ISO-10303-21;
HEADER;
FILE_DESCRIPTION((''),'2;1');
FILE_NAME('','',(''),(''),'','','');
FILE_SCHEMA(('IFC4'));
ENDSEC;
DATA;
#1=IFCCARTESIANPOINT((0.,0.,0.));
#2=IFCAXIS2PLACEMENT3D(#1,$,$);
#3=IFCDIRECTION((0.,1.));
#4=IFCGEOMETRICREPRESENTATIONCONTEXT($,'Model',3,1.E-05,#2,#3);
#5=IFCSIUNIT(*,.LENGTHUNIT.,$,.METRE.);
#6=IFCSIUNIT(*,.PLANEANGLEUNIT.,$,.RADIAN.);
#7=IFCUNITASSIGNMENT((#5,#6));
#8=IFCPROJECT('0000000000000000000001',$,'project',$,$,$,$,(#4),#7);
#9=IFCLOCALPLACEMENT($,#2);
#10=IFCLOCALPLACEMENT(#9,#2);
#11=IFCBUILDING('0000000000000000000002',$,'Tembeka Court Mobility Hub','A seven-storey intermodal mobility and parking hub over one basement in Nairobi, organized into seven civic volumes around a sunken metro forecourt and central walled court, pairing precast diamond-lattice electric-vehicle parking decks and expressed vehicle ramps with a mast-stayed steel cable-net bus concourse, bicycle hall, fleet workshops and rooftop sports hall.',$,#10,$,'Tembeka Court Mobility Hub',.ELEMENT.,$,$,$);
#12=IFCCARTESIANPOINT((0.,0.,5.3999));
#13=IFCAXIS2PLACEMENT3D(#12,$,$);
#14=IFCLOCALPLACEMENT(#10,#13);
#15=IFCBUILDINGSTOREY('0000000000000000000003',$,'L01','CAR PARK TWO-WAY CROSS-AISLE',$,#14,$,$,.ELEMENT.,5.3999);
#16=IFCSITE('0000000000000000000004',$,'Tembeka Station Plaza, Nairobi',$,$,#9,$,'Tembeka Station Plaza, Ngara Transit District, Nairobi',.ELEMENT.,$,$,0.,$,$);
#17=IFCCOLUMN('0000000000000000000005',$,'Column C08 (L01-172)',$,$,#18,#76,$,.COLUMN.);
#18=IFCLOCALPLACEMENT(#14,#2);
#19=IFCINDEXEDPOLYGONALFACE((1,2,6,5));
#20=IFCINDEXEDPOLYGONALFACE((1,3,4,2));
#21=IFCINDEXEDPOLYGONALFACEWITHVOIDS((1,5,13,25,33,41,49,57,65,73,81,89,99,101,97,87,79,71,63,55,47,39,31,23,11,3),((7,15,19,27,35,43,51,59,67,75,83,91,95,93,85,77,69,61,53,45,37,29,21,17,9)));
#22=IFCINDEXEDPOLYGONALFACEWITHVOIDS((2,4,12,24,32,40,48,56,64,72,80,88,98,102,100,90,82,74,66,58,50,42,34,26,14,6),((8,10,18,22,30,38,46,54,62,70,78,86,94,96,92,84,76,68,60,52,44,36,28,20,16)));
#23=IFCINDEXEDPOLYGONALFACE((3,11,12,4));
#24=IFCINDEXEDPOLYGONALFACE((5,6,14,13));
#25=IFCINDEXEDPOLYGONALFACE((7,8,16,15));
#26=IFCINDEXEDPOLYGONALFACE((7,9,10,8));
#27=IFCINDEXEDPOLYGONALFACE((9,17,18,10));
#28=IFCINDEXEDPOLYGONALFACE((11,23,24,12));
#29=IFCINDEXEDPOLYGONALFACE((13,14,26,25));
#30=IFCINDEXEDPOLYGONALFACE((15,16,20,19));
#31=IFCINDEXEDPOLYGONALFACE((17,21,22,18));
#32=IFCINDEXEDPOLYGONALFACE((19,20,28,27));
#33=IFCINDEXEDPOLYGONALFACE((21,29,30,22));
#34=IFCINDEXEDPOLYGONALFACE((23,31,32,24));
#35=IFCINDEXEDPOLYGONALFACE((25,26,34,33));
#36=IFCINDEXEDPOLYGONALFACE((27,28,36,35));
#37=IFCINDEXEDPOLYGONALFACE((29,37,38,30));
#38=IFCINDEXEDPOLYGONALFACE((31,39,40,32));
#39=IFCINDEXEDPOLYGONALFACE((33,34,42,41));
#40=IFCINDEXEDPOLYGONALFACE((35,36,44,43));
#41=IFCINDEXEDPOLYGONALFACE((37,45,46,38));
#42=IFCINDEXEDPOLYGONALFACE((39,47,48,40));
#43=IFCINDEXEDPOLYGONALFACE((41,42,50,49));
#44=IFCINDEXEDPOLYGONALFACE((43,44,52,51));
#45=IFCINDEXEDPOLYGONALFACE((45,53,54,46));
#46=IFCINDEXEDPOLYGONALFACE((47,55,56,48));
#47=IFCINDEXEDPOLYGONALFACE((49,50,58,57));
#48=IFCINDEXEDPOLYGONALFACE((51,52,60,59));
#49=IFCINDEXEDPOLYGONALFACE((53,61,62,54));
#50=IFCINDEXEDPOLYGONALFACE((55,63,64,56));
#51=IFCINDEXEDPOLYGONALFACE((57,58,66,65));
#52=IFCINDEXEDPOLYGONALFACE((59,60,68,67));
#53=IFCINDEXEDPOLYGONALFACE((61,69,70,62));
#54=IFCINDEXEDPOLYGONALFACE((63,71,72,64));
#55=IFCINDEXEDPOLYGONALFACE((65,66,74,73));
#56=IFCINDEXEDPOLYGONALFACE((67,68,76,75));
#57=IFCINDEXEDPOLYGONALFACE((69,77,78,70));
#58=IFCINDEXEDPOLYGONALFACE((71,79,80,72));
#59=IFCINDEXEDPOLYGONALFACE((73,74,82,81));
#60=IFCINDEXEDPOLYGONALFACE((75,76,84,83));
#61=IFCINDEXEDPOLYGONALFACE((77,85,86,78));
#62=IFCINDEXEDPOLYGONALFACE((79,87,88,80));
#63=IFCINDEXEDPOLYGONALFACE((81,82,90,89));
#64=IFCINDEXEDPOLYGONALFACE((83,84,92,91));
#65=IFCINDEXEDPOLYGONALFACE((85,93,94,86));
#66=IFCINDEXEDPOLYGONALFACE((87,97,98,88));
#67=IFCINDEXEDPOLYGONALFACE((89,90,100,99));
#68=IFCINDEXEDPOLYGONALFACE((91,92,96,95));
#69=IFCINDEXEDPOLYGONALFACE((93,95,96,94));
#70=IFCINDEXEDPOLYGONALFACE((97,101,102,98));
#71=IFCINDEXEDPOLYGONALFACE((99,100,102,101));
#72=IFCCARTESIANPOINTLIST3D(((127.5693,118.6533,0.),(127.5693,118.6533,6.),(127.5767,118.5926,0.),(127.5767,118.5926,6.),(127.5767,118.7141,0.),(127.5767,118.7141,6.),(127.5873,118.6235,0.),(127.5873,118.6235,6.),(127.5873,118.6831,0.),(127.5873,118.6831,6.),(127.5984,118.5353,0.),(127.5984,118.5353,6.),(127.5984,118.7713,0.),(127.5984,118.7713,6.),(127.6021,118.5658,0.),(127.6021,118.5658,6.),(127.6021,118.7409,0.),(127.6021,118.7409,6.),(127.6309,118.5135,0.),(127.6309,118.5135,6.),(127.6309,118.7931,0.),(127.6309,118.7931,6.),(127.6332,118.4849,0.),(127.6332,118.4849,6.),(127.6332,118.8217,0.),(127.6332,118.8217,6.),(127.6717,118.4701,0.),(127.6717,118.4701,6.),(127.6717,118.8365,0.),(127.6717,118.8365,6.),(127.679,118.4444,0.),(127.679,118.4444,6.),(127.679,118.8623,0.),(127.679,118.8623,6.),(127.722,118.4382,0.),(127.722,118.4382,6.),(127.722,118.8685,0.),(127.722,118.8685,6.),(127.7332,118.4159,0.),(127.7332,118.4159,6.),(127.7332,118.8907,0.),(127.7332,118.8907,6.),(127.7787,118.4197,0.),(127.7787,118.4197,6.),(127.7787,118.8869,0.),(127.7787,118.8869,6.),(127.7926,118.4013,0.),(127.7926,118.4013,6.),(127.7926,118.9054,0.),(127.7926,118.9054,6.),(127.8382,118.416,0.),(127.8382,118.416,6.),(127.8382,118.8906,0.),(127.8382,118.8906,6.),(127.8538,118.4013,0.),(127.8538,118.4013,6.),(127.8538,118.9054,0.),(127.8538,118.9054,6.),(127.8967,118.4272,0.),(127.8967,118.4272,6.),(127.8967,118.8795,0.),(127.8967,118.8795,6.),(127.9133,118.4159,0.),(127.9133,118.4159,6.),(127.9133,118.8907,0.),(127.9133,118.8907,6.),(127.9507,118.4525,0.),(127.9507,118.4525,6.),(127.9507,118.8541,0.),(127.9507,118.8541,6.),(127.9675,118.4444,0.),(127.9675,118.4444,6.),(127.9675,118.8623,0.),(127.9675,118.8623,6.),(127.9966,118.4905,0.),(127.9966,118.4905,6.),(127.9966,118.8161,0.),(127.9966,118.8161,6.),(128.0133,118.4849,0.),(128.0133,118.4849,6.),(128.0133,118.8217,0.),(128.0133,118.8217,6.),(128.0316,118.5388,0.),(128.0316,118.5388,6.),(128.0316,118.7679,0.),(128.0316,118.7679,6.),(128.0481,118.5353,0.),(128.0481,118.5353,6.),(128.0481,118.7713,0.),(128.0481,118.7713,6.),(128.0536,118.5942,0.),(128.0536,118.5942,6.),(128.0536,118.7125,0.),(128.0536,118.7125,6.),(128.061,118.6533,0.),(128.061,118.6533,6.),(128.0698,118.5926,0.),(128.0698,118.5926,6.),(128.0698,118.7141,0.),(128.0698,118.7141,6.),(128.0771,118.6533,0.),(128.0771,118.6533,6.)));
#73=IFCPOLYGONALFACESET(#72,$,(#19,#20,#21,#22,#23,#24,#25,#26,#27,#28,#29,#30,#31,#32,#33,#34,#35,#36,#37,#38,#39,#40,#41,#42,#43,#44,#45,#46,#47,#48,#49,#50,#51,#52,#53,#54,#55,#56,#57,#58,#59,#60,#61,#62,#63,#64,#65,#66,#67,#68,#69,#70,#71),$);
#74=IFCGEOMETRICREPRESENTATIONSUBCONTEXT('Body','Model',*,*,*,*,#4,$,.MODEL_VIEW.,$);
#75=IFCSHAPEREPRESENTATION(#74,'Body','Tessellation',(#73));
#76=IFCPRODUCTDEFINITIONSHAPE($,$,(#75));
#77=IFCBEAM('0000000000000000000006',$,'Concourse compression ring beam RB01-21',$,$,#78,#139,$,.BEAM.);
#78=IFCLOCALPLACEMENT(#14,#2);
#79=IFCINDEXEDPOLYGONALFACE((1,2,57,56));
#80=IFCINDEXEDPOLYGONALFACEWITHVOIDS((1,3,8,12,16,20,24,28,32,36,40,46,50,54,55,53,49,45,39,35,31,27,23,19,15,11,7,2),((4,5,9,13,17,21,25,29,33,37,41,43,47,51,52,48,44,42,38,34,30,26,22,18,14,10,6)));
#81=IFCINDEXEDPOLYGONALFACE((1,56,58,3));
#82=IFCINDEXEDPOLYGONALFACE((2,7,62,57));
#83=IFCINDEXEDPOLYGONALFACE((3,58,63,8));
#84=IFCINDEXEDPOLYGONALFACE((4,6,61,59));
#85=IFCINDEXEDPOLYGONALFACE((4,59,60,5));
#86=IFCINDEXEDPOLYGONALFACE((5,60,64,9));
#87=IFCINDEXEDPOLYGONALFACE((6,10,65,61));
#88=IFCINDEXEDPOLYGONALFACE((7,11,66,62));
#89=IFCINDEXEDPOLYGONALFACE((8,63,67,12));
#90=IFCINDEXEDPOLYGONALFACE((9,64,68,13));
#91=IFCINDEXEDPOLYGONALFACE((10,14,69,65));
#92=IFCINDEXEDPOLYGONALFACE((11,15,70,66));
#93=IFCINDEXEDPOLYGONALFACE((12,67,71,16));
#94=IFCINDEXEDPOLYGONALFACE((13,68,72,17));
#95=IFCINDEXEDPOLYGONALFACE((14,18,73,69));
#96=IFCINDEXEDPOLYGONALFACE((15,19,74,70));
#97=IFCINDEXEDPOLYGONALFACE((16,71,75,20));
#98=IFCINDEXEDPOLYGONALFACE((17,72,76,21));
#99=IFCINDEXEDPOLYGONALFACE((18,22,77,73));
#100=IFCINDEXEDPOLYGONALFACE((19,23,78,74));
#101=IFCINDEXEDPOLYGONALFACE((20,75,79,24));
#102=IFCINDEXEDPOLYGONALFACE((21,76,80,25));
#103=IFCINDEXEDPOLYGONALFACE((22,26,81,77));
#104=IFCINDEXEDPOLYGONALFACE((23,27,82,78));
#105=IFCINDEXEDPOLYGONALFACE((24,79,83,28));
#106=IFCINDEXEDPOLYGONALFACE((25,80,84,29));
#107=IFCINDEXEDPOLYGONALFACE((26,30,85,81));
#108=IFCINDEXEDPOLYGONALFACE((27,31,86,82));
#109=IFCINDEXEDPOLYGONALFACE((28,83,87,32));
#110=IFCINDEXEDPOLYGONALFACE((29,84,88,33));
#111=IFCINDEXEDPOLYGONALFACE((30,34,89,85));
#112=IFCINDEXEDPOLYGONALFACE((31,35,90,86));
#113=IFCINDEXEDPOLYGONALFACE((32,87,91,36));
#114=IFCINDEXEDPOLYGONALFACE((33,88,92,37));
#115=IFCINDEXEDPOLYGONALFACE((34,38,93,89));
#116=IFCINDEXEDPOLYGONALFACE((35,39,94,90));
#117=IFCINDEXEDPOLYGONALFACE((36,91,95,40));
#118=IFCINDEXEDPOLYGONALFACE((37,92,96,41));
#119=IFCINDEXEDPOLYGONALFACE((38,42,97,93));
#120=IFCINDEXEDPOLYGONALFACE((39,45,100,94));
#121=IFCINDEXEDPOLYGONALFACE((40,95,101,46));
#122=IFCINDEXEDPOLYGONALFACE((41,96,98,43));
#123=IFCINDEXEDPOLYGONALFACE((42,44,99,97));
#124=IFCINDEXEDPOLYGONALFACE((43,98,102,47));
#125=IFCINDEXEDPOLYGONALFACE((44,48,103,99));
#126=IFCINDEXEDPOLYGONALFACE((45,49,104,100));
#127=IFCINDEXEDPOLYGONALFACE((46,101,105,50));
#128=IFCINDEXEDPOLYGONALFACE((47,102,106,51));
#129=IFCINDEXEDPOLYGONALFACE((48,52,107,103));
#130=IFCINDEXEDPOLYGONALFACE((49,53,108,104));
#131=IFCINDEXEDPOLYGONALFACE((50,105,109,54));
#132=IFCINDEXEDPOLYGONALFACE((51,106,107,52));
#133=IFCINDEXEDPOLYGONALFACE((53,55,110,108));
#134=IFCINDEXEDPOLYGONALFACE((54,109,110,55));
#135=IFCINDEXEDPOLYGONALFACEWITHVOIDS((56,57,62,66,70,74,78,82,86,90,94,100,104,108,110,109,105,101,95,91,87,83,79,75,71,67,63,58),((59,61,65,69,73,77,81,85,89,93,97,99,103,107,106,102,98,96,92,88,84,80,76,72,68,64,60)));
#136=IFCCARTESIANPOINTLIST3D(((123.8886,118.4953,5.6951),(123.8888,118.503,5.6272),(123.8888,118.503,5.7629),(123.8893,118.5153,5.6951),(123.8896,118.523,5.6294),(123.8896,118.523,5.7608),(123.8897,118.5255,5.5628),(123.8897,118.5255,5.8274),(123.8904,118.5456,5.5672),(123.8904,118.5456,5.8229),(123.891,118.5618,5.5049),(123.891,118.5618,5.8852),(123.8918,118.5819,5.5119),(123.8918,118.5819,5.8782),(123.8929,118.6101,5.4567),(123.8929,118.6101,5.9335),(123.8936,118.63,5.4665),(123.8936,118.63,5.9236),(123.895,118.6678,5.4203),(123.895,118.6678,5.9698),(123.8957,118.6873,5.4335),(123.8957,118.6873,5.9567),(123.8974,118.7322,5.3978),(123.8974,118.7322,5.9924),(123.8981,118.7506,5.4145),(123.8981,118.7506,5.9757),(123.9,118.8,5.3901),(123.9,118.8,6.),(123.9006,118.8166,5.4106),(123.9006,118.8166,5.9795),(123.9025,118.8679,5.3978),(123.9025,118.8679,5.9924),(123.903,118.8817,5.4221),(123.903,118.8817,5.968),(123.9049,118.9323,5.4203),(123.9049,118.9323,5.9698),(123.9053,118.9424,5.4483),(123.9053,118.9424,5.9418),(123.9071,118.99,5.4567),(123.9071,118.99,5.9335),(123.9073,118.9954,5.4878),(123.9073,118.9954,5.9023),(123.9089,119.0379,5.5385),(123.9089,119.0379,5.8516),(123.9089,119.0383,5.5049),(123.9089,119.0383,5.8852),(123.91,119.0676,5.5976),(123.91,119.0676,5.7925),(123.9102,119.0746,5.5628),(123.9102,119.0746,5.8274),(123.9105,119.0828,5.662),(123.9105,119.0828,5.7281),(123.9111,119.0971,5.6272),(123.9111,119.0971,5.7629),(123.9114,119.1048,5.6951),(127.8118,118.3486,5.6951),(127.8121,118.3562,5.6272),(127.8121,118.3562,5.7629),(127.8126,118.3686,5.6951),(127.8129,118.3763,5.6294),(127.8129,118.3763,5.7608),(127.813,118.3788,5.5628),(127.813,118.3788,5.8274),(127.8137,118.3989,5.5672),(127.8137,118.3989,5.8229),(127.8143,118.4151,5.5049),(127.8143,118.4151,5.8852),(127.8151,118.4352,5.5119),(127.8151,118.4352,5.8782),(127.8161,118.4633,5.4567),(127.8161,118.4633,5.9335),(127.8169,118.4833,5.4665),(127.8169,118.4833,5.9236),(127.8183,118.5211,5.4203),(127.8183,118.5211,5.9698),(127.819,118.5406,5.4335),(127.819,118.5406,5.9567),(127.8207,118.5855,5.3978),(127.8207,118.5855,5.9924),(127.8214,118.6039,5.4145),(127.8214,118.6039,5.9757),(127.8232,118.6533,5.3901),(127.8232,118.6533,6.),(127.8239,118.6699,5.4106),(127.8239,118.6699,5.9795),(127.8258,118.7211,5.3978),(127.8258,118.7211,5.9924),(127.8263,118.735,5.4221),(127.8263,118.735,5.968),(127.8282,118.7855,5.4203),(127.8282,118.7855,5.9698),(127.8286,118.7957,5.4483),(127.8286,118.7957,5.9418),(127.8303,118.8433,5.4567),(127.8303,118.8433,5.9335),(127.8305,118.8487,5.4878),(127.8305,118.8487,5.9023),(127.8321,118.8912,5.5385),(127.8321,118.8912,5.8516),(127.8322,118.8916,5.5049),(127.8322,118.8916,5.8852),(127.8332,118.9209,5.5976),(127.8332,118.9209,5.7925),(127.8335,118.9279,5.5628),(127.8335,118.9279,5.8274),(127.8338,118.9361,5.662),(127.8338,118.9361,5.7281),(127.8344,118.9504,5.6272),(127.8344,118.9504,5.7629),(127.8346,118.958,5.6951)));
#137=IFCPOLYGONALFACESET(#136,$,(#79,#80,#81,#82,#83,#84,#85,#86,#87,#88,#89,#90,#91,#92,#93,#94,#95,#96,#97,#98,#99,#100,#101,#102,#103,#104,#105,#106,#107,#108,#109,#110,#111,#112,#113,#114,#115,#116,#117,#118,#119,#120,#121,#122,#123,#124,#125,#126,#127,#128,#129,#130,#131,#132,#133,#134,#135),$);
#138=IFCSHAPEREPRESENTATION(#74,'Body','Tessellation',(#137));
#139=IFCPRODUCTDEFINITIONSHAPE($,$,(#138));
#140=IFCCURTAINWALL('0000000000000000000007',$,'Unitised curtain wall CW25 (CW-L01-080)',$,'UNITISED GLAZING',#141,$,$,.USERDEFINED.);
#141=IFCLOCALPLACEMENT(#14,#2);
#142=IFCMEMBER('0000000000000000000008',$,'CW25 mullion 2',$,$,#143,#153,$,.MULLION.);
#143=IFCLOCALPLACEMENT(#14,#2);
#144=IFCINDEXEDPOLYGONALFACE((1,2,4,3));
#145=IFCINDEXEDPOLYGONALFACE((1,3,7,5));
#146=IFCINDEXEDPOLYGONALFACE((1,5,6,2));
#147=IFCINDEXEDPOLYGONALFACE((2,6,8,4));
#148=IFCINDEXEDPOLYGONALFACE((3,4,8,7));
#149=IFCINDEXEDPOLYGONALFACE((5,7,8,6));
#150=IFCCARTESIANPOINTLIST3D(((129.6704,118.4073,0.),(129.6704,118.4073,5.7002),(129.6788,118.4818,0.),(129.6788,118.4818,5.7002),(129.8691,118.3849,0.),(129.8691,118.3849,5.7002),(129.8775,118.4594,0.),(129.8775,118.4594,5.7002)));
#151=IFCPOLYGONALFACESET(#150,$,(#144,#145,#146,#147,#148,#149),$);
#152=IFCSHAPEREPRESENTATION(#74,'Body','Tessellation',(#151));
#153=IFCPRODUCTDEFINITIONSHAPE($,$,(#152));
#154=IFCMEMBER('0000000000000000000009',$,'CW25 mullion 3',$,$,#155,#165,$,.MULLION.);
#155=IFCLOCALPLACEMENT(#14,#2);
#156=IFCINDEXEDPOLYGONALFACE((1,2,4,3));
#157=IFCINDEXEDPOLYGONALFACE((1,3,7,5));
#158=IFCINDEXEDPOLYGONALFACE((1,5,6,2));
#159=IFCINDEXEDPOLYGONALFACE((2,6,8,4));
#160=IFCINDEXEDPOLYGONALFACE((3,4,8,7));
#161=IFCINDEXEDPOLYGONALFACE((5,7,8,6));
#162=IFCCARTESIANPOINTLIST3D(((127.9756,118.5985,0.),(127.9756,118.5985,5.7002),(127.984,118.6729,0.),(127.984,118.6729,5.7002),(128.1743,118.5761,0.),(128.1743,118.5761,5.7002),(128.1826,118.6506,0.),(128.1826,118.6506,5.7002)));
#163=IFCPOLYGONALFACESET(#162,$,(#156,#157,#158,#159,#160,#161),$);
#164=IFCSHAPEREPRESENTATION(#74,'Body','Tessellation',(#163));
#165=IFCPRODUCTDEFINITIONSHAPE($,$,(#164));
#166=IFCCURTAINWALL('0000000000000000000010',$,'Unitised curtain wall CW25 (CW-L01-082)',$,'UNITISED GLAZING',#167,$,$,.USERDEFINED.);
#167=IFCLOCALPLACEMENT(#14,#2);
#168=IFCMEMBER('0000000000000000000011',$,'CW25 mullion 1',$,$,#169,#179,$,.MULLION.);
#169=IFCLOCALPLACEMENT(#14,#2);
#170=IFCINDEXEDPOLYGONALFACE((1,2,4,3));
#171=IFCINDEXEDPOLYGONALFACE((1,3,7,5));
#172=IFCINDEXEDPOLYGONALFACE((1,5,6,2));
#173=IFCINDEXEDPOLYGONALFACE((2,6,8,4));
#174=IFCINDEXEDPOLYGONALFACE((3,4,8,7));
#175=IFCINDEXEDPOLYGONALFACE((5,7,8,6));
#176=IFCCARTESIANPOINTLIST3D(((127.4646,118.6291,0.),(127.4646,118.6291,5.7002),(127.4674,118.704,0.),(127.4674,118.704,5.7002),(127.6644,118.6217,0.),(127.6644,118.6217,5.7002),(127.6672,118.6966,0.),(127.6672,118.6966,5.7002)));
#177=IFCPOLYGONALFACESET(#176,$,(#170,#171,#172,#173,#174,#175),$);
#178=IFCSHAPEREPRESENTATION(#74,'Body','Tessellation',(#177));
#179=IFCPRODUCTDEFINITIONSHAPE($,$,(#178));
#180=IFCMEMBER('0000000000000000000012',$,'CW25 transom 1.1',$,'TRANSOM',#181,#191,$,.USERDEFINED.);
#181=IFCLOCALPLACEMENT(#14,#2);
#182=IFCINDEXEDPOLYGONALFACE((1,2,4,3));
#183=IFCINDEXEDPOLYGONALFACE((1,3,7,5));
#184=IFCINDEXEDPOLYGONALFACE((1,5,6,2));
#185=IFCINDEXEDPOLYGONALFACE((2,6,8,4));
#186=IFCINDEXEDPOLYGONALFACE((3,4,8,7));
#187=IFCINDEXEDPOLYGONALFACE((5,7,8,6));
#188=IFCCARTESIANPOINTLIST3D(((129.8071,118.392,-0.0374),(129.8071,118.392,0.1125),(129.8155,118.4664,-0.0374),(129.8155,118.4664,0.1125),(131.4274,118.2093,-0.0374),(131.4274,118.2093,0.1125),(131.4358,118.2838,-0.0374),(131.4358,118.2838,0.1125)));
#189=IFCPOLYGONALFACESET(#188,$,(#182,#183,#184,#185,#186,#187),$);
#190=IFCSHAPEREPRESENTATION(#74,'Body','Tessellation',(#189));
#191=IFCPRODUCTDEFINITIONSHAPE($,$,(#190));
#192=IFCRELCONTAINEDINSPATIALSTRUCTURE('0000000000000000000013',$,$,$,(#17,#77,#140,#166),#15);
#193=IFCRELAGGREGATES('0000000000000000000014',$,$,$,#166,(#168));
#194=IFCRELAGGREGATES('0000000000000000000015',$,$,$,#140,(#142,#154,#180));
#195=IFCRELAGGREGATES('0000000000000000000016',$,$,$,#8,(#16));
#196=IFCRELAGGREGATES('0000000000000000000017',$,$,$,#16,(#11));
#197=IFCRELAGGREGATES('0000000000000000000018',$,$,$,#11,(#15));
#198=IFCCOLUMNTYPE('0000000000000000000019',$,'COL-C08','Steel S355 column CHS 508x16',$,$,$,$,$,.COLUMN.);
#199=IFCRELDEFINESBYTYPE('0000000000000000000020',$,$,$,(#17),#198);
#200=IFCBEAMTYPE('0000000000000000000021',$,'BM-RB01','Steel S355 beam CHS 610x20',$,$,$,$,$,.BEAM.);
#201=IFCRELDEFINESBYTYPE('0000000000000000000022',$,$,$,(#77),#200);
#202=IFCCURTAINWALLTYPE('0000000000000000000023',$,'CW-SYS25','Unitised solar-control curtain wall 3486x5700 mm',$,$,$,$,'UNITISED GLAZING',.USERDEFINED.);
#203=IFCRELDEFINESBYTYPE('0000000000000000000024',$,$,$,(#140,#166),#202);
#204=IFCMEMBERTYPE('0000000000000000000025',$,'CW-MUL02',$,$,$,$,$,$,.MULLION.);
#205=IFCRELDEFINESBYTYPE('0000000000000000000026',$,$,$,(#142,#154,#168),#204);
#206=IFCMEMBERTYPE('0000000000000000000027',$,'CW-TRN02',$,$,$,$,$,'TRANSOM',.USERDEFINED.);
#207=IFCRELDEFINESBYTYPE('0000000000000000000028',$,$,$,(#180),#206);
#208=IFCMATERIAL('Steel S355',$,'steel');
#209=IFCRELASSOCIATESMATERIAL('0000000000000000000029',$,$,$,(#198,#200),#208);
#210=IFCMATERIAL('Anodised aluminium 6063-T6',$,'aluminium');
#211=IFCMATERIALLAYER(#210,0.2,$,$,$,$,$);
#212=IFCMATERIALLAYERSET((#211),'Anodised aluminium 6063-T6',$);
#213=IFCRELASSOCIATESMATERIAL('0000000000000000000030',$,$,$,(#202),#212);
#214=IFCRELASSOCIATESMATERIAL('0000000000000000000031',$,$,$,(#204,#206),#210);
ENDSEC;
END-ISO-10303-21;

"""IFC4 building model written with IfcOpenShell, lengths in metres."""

from ifc_helpers import new_model, si_unit, direction, frame, origin, origin_2d, place, context, subcontext, project, spatial, rectangle, hollow_circle, extrude, material, layer, layer_set, material_profile, profile_set, type_object, element, aggregate, save


model = new_model("IFC4")

# Units and contexts
model_context = context("Model", 3, precision=1e-05, world=origin(), true_north=direction((0.0, 1.0)))
body_context = subcontext(model_context, "Body", "Model", "MODEL_VIEW")
ifc_project = project(units=[si_unit("LENGTHUNIT", "METRE"), si_unit("PLANEANGLEUNIT", "RADIAN")], contexts=[model_context])

# Site, building, storey
site_placement = place(None, origin())
site = spatial("IfcSite", under=ifc_project, at=site_placement, Name="Tembeka Station Plaza, Nairobi", LongName="Tembeka Station Plaza, Ngara Transit District, Nairobi", CompositionType="ELEMENT", RefElevation=0.0)
building_placement = place(site_placement, origin())
building = spatial("IfcBuilding", under=site, at=building_placement, Name="Tembeka Court Mobility Hub", Description="A seven-storey intermodal mobility and parking hub over one basement in Nairobi, organized into seven civic volumes around a sunken metro forecourt and central walled court, pairing precast diamond-lattice electric-vehicle parking decks and expressed vehicle ramps with a mast-stayed steel cable-net bus concourse, bicycle hall, fleet workshops and rooftop sports hall.", LongName="Tembeka Court Mobility Hub", CompositionType="ELEMENT")
storey_placement = place(building_placement, frame((0.0, 0.0, 5.3999)))
storey = spatial("IfcBuildingStorey", under=building, at=storey_placement, Name="L01", Description="CAR PARK TWO-WAY CROSS-AISLE", CompositionType="ELEMENT", Elevation=5.3999)

# Column
ifc_material_1 = material(Name="Steel S355", Category="steel")
ifc_material_profile_1 = material_profile(ifc_material_1, hollow_circle(Radius=0.2539, WallThickness=0.0161, at=origin_2d()), Name="CHS 508x16")
ifc_profile_set_1 = profile_set([ifc_material_profile_1], Name="Steel S355")
column_type = type_object("IfcColumnType", Name="COL-C08", Description="Steel S355 column CHS 508x16", PredefinedType="COLUMN", material=ifc_profile_set_1)
column_placement = place(storey_placement, frame((127.8232, 118.6533, 0.0), z_axis=(0.0, 0.0, 1.0), x_axis=(1.0, 0.0, 0.0)))
element("IfcColumn", 1, at=column_placement, inside=storey, type_object=column_type, Name="Column C08 (L01-172)", PredefinedType="COLUMN", context=body_context, shape_type="SweptSolid", body=[
    extrude(hollow_circle(Radius=0.2539, WallThickness=0.0161, at=origin_2d()), origin(), (0.0, 0.0, 1.0), 6.0),
])

# Beam
ifc_material_profile_2 = material_profile(ifc_material_1, hollow_circle(Radius=0.3049, WallThickness=0.02, at=origin_2d()), Name="CHS 610x20")
ifc_profile_set_2 = profile_set([ifc_material_profile_2], Name="Steel S355")
beam_type = type_object("IfcBeamType", Name="BM-RB01", Description="Steel S355 beam CHS 610x20", PredefinedType="BEAM", material=ifc_profile_set_2)
beam_placement = place(storey_placement, frame((127.8232, 118.6533, 5.6951), z_axis=(-0.999301, 0.037373, 0.0), x_axis=(-0.037373, -0.999301, 0.0)))
element("IfcBeam", 2, at=beam_placement, inside=storey, type_object=beam_type, Name="Concourse compression ring beam RB01-21", PredefinedType="BEAM", context=body_context, shape_type="SweptSolid", body=[
    extrude(hollow_circle(Radius=0.3049, WallThickness=0.02, at=origin_2d()), origin(), (0.0, 0.0, 1.0), 3.926),
])

# Curtain wall, members
ifc_material_2 = material(Name="Anodised aluminium 6063-T6", Category="aluminium")
ifc_layer_1 = layer(ifc_material_2, 0.2)
ifc_layer_set_1 = layer_set([ifc_layer_1], Name="Anodised aluminium 6063-T6")
curtain_wall_type = type_object("IfcCurtainWallType", Name="CW-SYS25", Description="Unitised solar-control curtain wall 3486x5700 mm", ElementType="UNITISED GLAZING", PredefinedType="USERDEFINED", material=ifc_layer_set_1)
curtain_wall_1_placement = place(storey_placement, origin())
curtain_wall_1 = element("IfcCurtainWall", 3, at=curtain_wall_1_placement, inside=storey, type_object=curtain_wall_type, Name="Unitised curtain wall CW25 (CW-L01-080)", ObjectType="UNITISED GLAZING", PredefinedType="USERDEFINED")
ifc_material_profile_3 = material_profile(ifc_material_2, rectangle(XDim=0.075, YDim=0.2, at=origin_2d()), Name="ALU-MUL 75x200")
ifc_profile_set_3 = profile_set([ifc_material_profile_3], Name="Anodised aluminium 6063-T6")
member_type_1 = type_object("IfcMemberType", Name="CW-MUL02", PredefinedType="MULLION", material=ifc_profile_set_3)
member_1_placement = place(storey_placement, frame((129.7739, 118.4333, 0.0), z_axis=(0.0, 0.0, 1.0), x_axis=(-0.111987, -0.99371, 0.0)))
member_1 = element("IfcMember", 4, at=member_1_placement, type_object=member_type_1, Name="CW25 mullion 2", PredefinedType="MULLION", context=body_context, shape_type="SweptSolid", body=[
    extrude(rectangle(XDim=0.075, YDim=0.2, at=origin_2d()), origin(), (0.0, 0.0, 1.0), 5.7002),
])
member_2_placement = place(storey_placement, frame((128.0791, 118.6245, 0.0), z_axis=(0.0, 0.0, 1.0), x_axis=(-0.111987, -0.99371, 0.0)))
member_2 = element("IfcMember", 5, at=member_2_placement, type_object=member_type_1, Name="CW25 mullion 3", PredefinedType="MULLION", context=body_context, shape_type="SweptSolid", body=[
    extrude(rectangle(XDim=0.075, YDim=0.2, at=origin_2d()), origin(), (0.0, 0.0, 1.0), 5.7002),
])

# Curtain wall, member
curtain_wall_2_placement = place(storey_placement, origin())
curtain_wall_2 = element("IfcCurtainWall", 6, at=curtain_wall_2_placement, inside=storey, type_object=curtain_wall_type, Name="Unitised curtain wall CW25 (CW-L01-082)", ObjectType="UNITISED GLAZING", PredefinedType="USERDEFINED")
member_3_placement = place(storey_placement, frame((127.5659, 118.6628, 0.0), z_axis=(0.0, 0.0, 1.0), x_axis=(-0.037405, -0.9993, 0.0)))
member_3 = element("IfcMember", 7, at=member_3_placement, type_object=member_type_1, Name="CW25 mullion 1", PredefinedType="MULLION", context=body_context, shape_type="SweptSolid", body=[
    extrude(rectangle(XDim=0.075, YDim=0.2, at=origin_2d()), origin(), (0.0, 0.0, 1.0), 5.7002),
])

# Member
ifc_material_profile_4 = material_profile(ifc_material_2, rectangle(XDim=0.075, YDim=0.1499, at=origin_2d()), Name="ALU-TRN 75x150")
ifc_profile_set_4 = profile_set([ifc_material_profile_4], Name="Anodised aluminium 6063-T6")
member_type_2 = type_object("IfcMemberType", Name="CW-TRN02", ElementType="TRANSOM", PredefinedType="USERDEFINED", material=ifc_profile_set_4)
member_4_placement = place(storey_placement, frame((131.4316, 118.2466, 0.0376), z_axis=(-0.993709, 0.111993, 0.0), x_axis=(-0.111993, -0.993709, 0.0)))
member_4 = element("IfcMember", 8, at=member_4_placement, type_object=member_type_2, Name="CW25 transom 1.1", ObjectType="TRANSOM", PredefinedType="USERDEFINED", context=body_context, shape_type="SweptSolid", body=[
    extrude(rectangle(XDim=0.075, YDim=0.1499, at=origin_2d()), origin(), (0.0, 0.0, 1.0), 1.6306),
])

aggregate(curtain_wall_2, [member_3])
aggregate(curtain_wall_1, [member_1, member_2, member_4])

save(model, "model.ifc")
